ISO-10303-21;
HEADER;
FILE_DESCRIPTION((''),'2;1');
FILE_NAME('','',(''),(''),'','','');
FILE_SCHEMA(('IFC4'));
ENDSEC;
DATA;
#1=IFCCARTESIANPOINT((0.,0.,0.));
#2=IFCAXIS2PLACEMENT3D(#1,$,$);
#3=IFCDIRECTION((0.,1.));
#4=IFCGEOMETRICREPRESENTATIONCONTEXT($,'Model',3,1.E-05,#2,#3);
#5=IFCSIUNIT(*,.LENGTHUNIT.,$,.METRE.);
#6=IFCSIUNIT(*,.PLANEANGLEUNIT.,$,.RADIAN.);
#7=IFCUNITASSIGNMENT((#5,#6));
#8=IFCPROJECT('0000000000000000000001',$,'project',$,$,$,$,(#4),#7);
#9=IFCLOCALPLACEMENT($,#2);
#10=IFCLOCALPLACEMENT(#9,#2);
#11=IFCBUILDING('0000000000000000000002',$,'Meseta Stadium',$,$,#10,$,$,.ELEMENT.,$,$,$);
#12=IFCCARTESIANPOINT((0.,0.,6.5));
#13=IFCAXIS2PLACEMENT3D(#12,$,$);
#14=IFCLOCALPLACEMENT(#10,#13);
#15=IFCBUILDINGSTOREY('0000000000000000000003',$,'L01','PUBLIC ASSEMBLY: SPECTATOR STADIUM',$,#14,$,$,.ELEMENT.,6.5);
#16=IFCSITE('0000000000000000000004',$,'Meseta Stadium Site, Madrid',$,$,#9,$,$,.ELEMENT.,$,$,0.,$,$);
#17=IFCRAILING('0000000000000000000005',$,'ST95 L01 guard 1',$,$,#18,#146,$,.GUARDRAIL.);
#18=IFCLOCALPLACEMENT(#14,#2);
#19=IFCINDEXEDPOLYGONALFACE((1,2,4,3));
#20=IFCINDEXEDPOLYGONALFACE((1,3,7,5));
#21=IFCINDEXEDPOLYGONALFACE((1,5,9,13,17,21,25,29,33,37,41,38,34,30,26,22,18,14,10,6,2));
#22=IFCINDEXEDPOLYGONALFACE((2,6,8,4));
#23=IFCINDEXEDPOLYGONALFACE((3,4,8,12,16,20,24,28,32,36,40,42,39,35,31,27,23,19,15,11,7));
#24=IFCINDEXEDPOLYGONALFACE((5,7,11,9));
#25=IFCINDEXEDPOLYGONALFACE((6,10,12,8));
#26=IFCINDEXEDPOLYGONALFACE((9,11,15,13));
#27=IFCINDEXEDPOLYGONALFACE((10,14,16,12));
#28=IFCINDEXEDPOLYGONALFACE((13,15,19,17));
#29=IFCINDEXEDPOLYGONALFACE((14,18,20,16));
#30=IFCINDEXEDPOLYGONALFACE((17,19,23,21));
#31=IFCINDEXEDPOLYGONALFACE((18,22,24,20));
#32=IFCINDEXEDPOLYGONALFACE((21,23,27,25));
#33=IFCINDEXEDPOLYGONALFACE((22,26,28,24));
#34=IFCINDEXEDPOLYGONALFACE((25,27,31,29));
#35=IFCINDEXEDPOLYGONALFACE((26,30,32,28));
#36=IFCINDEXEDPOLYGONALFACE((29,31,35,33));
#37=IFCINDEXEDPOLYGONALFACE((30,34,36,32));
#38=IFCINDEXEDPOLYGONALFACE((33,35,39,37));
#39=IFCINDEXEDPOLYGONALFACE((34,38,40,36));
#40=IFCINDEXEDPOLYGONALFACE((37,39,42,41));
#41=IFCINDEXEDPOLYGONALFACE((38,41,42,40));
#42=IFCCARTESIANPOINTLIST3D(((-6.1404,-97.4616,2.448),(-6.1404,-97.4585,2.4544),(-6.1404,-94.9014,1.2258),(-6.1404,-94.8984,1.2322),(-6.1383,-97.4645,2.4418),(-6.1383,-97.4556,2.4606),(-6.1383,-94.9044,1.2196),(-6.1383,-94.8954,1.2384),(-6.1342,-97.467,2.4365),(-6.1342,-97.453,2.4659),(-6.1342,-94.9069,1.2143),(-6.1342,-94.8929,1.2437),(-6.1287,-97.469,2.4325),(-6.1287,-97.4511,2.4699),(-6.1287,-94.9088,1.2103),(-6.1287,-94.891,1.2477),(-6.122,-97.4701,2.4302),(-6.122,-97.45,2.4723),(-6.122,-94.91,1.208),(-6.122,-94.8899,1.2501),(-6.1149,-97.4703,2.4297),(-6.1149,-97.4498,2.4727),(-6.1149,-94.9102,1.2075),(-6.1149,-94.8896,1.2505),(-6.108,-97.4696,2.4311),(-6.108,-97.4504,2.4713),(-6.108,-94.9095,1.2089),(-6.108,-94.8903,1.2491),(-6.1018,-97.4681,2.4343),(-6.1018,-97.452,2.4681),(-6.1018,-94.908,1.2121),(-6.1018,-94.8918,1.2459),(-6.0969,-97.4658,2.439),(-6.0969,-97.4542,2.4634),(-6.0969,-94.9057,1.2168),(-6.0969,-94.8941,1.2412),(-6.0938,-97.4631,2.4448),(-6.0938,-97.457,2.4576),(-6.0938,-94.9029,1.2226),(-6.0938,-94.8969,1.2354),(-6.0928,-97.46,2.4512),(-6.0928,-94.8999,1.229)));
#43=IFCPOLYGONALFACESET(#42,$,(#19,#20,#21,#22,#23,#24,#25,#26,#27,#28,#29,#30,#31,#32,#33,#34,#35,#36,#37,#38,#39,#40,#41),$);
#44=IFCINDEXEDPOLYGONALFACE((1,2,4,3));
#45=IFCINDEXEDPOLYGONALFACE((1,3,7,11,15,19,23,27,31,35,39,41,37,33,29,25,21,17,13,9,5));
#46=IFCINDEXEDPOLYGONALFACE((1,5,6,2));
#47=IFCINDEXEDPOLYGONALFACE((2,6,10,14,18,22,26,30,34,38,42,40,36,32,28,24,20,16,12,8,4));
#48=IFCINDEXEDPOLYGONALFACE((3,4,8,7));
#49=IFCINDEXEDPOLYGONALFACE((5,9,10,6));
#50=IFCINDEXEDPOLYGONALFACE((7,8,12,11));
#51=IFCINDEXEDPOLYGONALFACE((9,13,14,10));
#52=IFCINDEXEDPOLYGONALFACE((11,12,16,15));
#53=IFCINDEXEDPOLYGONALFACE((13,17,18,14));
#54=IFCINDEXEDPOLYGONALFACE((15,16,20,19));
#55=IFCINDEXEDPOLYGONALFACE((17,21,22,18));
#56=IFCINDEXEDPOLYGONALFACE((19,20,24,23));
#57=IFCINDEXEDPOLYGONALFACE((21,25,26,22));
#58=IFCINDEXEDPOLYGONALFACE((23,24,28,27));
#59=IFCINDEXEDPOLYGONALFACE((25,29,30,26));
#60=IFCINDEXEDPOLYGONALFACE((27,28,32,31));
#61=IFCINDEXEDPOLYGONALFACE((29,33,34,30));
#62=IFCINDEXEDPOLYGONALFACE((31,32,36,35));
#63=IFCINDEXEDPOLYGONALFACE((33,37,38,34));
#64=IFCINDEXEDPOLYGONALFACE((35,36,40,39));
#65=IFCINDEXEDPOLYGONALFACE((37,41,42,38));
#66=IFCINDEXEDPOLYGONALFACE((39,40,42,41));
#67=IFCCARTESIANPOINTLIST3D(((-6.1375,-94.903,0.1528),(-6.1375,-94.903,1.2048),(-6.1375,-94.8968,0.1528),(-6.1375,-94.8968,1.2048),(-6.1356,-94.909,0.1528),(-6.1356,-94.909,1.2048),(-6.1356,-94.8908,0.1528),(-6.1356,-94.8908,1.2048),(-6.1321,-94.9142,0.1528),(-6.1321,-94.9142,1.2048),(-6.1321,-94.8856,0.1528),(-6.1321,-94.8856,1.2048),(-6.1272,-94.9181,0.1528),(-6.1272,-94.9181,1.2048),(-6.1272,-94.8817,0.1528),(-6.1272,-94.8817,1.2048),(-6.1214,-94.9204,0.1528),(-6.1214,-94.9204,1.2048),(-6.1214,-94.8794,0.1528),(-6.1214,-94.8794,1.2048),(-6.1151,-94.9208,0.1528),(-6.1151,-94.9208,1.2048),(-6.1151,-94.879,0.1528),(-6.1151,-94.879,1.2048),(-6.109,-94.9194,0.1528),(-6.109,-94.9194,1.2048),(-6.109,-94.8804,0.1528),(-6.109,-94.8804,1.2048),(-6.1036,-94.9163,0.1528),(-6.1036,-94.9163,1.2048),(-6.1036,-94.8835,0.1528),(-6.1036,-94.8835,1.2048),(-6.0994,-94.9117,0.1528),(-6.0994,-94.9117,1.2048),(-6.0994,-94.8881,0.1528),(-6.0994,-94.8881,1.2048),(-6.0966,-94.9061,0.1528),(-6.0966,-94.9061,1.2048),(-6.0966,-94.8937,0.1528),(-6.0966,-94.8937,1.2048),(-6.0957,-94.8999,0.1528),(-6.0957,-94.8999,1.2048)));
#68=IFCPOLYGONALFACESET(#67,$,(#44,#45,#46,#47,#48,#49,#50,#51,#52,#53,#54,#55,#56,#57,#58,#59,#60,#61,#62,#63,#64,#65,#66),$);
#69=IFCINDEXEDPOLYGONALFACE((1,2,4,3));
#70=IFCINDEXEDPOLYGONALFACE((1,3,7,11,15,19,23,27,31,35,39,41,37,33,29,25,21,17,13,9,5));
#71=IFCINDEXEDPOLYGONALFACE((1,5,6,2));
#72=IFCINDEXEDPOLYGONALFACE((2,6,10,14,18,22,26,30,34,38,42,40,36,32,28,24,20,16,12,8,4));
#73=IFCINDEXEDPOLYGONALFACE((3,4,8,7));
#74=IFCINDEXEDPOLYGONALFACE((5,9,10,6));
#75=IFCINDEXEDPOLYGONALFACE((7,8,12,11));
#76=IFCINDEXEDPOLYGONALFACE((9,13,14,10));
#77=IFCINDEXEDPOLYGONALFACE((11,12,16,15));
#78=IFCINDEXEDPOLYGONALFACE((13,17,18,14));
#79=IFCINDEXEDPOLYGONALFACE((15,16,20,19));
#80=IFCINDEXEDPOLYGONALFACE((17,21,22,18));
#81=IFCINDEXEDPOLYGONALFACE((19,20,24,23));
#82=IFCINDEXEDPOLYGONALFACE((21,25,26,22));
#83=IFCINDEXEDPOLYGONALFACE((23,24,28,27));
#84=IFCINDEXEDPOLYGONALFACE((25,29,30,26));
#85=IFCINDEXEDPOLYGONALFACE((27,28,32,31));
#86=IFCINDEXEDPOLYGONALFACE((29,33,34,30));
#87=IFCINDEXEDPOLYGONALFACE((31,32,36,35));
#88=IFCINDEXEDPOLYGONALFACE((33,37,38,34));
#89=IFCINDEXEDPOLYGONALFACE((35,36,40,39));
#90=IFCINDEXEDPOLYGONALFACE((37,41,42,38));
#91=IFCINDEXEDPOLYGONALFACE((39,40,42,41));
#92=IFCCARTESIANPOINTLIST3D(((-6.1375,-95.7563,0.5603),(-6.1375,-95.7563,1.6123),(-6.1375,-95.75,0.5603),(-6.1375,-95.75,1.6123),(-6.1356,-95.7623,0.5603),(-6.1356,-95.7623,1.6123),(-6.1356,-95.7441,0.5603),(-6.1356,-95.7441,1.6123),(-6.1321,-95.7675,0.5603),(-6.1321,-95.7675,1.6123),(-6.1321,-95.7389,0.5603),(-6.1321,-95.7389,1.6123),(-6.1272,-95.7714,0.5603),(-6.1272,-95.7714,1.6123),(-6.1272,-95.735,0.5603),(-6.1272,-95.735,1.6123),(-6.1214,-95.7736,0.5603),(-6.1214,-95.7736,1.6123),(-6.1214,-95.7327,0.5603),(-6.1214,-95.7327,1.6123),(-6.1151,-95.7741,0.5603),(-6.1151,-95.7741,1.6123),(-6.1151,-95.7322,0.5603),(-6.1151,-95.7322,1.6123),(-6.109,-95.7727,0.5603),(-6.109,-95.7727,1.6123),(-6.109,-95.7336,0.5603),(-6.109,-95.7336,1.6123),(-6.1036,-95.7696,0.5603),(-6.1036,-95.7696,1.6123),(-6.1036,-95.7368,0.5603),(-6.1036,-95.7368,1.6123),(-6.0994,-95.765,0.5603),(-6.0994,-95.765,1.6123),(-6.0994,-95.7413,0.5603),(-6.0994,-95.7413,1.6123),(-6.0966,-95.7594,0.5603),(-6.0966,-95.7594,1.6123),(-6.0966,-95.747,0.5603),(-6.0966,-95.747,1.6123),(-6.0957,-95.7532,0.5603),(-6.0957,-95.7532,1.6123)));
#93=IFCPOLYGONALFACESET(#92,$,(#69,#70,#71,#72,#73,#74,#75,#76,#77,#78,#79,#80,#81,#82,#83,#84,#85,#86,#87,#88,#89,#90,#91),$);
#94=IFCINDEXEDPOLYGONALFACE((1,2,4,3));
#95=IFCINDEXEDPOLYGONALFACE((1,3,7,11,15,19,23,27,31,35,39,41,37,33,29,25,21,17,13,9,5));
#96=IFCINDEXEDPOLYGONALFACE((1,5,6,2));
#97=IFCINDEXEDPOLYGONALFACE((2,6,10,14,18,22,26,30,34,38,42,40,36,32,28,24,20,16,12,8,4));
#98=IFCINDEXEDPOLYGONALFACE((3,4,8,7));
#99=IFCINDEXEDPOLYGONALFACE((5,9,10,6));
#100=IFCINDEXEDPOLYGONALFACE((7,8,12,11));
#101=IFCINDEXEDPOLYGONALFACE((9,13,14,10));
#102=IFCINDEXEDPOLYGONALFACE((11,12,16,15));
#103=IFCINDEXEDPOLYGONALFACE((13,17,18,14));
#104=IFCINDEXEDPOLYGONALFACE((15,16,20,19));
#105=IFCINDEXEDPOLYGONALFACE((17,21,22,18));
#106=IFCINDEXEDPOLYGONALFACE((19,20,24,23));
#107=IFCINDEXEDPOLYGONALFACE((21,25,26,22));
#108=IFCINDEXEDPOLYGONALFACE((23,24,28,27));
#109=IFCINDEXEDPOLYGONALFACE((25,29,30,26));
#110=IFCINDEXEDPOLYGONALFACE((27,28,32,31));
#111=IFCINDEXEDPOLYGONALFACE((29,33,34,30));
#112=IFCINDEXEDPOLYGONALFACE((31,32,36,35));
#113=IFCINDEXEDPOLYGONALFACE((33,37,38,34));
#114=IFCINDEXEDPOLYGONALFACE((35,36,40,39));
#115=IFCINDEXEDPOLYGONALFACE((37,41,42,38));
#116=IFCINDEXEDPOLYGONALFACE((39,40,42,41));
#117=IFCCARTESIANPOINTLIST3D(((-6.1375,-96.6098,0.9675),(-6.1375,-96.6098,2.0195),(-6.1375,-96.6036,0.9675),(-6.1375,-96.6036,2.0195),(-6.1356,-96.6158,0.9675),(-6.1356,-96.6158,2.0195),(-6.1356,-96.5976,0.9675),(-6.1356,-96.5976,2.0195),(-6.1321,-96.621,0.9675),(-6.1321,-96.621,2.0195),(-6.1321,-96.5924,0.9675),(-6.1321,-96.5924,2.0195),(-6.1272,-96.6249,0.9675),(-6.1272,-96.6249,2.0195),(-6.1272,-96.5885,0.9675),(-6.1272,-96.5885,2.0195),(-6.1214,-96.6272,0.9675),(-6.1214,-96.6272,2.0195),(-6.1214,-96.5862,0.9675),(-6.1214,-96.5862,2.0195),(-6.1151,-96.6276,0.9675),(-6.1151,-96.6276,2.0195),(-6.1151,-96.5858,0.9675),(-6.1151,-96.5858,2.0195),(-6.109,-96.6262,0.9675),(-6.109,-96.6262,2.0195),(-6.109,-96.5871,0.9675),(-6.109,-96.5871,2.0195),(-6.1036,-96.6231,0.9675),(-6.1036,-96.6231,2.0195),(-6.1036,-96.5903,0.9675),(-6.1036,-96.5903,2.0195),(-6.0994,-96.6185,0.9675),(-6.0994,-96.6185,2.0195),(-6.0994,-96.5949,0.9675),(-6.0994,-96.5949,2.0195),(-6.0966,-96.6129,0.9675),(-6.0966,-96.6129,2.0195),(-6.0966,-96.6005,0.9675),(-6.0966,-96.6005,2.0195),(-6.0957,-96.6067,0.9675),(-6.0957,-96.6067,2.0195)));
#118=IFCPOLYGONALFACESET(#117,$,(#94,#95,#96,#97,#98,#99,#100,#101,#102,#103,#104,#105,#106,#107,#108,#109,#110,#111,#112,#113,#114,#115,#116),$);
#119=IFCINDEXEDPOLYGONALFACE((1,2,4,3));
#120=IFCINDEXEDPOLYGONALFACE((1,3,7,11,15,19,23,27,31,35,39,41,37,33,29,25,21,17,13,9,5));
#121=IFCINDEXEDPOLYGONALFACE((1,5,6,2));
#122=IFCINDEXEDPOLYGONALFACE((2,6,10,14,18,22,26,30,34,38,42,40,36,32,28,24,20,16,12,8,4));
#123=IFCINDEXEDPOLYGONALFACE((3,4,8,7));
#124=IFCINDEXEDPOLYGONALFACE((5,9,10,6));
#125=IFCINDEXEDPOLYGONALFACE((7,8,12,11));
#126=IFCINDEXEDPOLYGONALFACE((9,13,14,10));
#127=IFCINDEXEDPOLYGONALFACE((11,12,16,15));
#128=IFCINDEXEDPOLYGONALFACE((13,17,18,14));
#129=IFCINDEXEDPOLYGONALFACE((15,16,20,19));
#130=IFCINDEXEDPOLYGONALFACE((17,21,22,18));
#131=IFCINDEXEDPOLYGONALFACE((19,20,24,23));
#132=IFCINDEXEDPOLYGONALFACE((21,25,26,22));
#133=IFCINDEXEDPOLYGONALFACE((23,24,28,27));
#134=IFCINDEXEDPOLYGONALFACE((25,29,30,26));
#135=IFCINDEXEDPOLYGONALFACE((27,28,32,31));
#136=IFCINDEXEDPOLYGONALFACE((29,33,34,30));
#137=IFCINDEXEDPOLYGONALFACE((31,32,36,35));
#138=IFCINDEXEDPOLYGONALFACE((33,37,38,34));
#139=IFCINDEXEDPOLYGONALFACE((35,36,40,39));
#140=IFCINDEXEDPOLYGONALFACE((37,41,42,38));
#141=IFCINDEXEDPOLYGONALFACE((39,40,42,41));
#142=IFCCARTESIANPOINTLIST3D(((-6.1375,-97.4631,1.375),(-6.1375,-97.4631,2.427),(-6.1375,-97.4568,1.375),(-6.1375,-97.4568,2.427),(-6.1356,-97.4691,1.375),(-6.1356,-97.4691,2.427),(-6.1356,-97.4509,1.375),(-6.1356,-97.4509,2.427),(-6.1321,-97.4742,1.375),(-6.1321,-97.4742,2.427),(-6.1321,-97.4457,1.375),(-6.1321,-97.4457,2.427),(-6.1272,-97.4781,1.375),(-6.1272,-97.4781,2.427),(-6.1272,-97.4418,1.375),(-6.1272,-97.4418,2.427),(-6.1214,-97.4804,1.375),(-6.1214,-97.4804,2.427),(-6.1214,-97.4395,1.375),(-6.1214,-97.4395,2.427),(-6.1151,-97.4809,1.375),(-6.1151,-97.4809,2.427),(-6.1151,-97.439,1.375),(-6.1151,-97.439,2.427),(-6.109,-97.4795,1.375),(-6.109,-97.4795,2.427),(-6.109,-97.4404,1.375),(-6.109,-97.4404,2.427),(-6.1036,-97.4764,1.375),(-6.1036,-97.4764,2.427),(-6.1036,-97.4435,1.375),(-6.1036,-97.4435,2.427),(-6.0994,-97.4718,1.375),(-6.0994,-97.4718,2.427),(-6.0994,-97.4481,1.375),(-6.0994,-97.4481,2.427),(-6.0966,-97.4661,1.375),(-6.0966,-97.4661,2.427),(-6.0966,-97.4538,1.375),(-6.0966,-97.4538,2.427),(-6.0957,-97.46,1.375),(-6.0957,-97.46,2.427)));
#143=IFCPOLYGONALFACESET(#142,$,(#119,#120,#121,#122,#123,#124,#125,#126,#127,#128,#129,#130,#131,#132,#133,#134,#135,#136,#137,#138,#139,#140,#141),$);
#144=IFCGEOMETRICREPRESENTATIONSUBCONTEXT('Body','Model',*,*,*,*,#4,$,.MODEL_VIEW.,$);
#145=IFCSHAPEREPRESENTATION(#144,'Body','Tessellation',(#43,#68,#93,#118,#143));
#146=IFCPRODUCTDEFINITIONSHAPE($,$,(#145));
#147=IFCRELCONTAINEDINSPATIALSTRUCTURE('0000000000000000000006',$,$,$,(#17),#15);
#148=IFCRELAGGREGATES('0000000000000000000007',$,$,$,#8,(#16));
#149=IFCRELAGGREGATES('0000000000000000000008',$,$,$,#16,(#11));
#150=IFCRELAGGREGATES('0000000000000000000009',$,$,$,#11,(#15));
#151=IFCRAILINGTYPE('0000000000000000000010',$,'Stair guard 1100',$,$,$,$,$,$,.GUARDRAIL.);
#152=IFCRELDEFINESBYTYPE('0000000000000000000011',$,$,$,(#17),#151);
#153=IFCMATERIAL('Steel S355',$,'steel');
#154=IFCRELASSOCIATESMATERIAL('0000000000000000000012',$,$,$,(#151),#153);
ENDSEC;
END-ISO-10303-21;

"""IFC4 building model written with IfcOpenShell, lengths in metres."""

from ifc_helpers import new_model, si_unit, direction, frame, origin, origin_2d, place, context, subcontext, project, spatial, circle, extrude, material, type_object, element, save


model = new_model("IFC4")

# Units and contexts
model_context = context("Model", 3, precision=1e-05, world=origin(), true_north=direction((0.0, 1.0)))
body_context = subcontext(model_context, "Body", "Model", "MODEL_VIEW")
ifc_project = project(units=[si_unit("LENGTHUNIT", "METRE"), si_unit("PLANEANGLEUNIT", "RADIAN")], contexts=[model_context])

# Site, building, storey
site_placement = place(None, origin())
site = spatial("IfcSite", under=ifc_project, at=site_placement, Name="Meseta Stadium Site, Madrid", CompositionType="ELEMENT", RefElevation=0.0)
building_placement = place(site_placement, origin())
building = spatial("IfcBuilding", under=site, at=building_placement, Name="Meseta Stadium", CompositionType="ELEMENT")
storey_placement = place(building_placement, frame((0.0, 0.0, 6.5)))
storey = spatial("IfcBuildingStorey", under=building, at=storey_placement, Name="L01", Description="PUBLIC ASSEMBLY: SPECTATOR STADIUM", CompositionType="ELEMENT", Elevation=6.5)

# Railing
ifc_material_1 = material(Name="Steel S355", Category="steel")
railing_type_1 = type_object("IfcRailingType", Name="Stair guard 1100", PredefinedType="GUARDRAIL", material=ifc_material_1)
railing_1_placement = place(storey_placement, frame((-6.1167, -94.8999, 0.1528)))
element("IfcRailing", 1, at=railing_1_placement, inside=storey, type_object=railing_type_1, Name="ST95 L01 guard 1", PredefinedType="GUARDRAIL", context=body_context, shape_type="SweptSolid", body=[
    extrude(circle(Radius=0.0239, at=origin_2d()), frame((0.0, 0.0, 1.0762), z_axis=(0.0, -0.902437, 0.430822), x_axis=(1.0, 0.0, 0.0)), (0.0, 0.0, 1.0), 2.8369),
    extrude(circle(Radius=0.021, at=origin_2d()), origin(), (0.0, 0.0, 1.0), 1.052),
    extrude(circle(Radius=0.021, at=origin_2d()), frame((0.0, -0.8533, 0.4075)), (0.0, 0.0, 1.0), 1.052),
    extrude(circle(Radius=0.021, at=origin_2d()), frame((0.0, -1.7068, 0.8147)), (0.0, 0.0, 1.0), 1.052),
    extrude(circle(Radius=0.021, at=origin_2d()), frame((0.0, -2.5601, 1.2222)), (0.0, 0.0, 1.0), 1.052),
])

save(model, "model.ifc")
